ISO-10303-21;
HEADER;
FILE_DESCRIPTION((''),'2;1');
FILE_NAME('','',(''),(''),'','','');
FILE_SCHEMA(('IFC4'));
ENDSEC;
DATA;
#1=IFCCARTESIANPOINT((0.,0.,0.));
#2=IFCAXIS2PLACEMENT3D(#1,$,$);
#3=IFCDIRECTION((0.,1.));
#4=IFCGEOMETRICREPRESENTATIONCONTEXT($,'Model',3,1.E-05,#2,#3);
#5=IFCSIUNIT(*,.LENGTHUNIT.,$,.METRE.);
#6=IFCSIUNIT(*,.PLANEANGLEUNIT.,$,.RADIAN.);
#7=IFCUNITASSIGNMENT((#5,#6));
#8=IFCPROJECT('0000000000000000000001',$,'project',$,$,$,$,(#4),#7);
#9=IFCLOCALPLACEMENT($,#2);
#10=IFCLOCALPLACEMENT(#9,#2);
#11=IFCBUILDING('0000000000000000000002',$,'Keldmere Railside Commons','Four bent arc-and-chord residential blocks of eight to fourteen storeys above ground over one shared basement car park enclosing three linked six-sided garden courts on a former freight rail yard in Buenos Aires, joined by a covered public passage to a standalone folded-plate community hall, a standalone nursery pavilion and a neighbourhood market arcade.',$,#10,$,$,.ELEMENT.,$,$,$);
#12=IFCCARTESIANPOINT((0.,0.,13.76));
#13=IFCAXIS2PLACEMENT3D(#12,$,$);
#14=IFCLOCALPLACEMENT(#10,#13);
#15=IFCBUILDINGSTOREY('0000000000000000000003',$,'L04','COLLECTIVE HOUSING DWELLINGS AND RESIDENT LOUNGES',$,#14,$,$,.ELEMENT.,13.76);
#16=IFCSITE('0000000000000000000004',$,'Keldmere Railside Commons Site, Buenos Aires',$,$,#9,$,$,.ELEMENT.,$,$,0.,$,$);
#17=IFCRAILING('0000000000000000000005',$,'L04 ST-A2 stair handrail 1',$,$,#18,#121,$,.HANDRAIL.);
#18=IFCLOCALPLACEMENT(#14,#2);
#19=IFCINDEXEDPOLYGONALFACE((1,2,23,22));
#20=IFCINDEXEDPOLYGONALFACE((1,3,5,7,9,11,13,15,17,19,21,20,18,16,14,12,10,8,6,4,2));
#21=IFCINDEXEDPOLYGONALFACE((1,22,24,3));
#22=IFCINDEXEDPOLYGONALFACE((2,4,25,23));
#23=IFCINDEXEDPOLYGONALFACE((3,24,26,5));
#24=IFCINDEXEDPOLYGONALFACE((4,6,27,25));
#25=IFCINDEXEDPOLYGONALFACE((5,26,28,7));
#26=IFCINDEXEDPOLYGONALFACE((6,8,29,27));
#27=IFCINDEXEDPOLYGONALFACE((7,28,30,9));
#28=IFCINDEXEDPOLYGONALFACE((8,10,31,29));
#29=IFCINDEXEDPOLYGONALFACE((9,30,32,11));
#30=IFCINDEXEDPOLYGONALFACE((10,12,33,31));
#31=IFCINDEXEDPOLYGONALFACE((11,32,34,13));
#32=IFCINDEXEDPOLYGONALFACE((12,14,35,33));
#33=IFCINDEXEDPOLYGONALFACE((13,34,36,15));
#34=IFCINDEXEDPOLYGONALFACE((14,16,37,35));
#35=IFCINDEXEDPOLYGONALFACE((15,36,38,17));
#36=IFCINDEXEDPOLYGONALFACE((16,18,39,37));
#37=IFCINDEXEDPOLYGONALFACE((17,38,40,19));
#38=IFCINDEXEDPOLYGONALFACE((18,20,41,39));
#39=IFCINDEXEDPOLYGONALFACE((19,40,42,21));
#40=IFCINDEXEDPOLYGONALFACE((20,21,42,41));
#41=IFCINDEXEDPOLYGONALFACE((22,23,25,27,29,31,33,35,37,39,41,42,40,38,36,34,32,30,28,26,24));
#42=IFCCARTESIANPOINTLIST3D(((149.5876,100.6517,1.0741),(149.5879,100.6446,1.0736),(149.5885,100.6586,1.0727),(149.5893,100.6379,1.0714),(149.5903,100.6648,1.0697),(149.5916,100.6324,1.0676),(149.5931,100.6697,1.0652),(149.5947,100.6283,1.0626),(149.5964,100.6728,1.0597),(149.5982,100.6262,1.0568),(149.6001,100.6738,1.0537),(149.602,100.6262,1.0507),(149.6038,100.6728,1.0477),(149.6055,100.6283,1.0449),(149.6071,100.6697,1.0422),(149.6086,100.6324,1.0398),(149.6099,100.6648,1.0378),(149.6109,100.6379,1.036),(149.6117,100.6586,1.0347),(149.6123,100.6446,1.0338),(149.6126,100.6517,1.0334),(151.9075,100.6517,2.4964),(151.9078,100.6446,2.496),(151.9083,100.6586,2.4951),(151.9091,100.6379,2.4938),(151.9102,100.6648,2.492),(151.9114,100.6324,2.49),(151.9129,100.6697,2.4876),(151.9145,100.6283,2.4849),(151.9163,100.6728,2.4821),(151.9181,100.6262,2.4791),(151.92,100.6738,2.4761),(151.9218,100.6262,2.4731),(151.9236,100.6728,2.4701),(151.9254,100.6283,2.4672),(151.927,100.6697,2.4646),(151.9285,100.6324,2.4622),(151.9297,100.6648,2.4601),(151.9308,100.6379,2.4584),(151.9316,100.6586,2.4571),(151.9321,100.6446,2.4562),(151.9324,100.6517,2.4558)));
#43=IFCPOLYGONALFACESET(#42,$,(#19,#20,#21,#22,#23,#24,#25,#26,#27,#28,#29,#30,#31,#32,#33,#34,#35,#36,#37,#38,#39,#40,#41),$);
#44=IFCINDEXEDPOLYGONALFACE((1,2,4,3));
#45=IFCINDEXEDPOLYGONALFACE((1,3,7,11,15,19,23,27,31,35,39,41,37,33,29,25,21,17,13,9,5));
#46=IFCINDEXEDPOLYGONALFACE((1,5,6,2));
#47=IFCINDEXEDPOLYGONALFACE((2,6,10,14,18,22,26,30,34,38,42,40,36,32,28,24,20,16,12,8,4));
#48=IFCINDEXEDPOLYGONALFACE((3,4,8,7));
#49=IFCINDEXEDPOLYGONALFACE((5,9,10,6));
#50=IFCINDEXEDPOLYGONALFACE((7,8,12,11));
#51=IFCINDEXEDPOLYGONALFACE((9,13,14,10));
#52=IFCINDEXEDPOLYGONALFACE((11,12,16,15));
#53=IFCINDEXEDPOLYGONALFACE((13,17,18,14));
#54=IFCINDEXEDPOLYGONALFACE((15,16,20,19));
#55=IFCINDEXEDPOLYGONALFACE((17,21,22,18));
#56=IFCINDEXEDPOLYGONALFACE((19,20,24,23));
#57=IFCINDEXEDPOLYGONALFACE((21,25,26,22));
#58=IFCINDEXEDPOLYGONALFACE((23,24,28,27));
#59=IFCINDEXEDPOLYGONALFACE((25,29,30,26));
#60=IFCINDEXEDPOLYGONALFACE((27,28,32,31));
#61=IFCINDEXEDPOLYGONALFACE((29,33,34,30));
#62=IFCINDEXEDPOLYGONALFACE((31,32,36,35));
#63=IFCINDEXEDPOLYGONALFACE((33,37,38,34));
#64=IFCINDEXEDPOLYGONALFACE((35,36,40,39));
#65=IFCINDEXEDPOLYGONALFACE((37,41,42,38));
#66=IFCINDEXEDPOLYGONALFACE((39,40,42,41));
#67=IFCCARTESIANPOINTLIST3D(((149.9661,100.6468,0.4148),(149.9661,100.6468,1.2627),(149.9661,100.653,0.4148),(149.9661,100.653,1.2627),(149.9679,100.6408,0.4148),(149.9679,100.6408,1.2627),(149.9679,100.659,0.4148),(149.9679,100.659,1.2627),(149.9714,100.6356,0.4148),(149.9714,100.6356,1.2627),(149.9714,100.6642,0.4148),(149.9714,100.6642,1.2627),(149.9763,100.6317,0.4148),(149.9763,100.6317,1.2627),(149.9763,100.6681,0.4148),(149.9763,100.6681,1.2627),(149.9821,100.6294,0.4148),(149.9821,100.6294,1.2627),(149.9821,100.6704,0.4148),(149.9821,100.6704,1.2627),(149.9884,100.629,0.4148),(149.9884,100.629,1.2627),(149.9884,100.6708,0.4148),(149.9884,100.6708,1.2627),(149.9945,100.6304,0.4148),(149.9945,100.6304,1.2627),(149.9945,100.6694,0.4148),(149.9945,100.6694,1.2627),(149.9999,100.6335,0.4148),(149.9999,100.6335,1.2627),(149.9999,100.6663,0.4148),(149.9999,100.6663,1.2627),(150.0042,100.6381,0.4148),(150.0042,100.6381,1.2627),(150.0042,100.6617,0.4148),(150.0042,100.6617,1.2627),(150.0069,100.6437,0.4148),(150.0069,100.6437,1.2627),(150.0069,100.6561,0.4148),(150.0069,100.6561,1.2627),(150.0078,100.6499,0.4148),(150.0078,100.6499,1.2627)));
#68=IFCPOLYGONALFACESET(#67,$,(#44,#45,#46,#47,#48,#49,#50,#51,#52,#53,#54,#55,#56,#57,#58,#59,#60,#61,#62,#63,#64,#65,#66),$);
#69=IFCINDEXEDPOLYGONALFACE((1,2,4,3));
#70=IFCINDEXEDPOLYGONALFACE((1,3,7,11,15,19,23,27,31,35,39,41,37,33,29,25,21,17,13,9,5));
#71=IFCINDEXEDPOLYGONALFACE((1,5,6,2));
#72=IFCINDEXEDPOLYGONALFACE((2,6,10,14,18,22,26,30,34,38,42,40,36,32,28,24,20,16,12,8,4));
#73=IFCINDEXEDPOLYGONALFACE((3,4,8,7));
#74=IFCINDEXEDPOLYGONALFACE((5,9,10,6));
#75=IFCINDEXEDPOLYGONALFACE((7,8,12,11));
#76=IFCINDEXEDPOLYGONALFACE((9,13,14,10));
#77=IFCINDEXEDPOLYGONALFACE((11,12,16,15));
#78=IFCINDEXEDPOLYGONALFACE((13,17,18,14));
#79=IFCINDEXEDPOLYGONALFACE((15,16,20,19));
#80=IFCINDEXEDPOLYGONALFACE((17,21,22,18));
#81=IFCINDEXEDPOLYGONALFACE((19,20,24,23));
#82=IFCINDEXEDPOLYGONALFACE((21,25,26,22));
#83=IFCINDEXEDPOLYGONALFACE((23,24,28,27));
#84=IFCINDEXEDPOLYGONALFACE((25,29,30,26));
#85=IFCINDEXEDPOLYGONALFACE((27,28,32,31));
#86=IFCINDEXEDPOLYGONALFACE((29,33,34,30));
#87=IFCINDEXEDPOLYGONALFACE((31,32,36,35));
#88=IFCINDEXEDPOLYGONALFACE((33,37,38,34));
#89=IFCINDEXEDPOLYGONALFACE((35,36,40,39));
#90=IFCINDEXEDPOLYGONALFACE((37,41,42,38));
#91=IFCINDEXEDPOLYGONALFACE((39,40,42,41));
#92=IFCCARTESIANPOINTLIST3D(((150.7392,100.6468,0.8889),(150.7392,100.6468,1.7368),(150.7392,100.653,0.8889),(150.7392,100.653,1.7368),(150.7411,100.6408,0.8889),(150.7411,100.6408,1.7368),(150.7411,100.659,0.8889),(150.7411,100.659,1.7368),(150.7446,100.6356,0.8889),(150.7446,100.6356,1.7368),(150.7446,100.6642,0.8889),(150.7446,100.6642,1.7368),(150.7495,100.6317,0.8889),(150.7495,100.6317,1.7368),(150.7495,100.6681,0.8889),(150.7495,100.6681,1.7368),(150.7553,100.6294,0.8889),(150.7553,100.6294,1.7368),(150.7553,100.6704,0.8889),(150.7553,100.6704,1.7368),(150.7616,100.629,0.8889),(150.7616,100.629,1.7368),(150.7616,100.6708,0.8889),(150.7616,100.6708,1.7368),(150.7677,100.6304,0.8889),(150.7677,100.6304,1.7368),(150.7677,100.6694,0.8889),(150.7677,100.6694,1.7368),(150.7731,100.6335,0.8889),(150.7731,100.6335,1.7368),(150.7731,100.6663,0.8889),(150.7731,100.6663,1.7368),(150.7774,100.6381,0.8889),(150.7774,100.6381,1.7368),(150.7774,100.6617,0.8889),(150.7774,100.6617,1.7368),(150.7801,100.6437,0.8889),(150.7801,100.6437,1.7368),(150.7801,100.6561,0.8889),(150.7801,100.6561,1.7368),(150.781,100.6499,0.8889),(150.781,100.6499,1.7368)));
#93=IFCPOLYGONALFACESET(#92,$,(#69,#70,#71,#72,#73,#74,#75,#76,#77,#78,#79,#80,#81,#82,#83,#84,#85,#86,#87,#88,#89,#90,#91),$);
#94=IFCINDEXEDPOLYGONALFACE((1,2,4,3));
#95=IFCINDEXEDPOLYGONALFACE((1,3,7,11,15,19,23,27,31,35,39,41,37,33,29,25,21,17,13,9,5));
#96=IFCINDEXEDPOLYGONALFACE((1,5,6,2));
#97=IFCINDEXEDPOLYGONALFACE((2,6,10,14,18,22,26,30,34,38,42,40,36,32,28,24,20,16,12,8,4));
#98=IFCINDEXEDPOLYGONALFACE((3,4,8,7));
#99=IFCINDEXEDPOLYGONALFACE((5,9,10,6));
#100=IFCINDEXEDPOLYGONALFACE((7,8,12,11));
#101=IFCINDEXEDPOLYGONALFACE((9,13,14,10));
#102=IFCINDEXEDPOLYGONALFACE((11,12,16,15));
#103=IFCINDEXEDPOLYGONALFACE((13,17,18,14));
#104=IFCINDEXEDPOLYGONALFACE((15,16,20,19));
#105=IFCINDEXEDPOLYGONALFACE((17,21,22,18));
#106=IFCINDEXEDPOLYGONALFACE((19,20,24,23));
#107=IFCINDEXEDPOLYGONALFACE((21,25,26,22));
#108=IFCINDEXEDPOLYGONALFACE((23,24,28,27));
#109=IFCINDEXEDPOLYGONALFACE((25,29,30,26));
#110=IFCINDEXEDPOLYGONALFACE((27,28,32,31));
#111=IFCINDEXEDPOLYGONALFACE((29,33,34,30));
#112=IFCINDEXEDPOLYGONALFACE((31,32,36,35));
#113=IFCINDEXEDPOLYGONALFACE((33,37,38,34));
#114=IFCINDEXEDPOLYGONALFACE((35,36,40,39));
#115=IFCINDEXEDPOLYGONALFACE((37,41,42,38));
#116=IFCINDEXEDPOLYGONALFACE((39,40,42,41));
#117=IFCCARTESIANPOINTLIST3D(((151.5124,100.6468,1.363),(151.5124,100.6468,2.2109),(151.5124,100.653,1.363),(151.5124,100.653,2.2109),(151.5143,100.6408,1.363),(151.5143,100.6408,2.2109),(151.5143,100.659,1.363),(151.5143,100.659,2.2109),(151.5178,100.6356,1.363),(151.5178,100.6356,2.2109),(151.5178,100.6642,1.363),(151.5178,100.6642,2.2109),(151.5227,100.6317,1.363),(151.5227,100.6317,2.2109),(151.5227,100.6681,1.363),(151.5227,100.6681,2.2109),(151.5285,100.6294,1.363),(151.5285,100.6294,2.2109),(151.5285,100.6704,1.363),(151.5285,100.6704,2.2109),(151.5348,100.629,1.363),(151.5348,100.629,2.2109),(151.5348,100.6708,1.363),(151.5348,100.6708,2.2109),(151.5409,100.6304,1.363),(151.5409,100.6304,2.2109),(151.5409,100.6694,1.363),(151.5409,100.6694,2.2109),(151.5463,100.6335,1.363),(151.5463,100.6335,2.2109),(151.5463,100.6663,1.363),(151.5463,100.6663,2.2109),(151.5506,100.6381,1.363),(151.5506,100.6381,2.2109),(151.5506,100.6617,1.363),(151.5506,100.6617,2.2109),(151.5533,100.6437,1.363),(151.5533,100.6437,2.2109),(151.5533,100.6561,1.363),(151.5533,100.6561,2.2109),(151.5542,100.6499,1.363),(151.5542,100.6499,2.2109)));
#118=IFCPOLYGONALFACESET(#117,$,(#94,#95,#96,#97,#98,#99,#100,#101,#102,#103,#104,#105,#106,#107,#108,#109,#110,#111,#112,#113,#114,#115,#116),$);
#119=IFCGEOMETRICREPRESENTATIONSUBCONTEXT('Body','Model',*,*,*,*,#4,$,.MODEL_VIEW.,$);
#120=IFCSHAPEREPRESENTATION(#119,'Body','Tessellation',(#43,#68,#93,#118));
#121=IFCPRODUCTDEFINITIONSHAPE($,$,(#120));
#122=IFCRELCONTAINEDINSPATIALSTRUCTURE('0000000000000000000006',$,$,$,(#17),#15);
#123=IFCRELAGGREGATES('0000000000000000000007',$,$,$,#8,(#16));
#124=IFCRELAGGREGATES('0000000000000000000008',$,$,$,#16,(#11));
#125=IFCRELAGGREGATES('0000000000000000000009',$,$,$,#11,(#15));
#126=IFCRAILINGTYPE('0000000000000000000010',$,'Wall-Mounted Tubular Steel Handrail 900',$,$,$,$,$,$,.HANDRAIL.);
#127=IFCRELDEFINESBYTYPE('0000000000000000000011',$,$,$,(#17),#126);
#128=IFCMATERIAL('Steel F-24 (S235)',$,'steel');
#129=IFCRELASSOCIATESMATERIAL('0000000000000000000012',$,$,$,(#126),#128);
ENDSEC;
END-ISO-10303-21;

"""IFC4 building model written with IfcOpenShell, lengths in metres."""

from ifc_helpers import new_model, si_unit, direction, frame, origin, origin_2d, place, context, subcontext, project, spatial, circle, extrude, material, type_object, element, save


model = new_model("IFC4")

# Units and contexts
model_context = context("Model", 3, precision=1e-05, world=origin(), true_north=direction((0.0, 1.0)))
body_context = subcontext(model_context, "Body", "Model", "MODEL_VIEW")
ifc_project = project(units=[si_unit("LENGTHUNIT", "METRE"), si_unit("PLANEANGLEUNIT", "RADIAN")], contexts=[model_context])

# Site, building, storey
site_placement = place(None, origin())
site = spatial("IfcSite", under=ifc_project, at=site_placement, Name="Keldmere Railside Commons Site, Buenos Aires", CompositionType="ELEMENT", RefElevation=0.0)
building_placement = place(site_placement, origin())
building = spatial("IfcBuilding", under=site, at=building_placement, Name="Keldmere Railside Commons", Description="Four bent arc-and-chord residential blocks of eight to fourteen storeys above ground over one shared basement car park enclosing three linked six-sided garden courts on a former freight rail yard in Buenos Aires, joined by a covered public passage to a standalone folded-plate community hall, a standalone nursery pavilion and a neighbourhood market arcade.", CompositionType="ELEMENT")
storey_placement = place(building_placement, frame((0.0, 0.0, 13.76)))
storey = spatial("IfcBuildingStorey", under=building, at=storey_placement, Name="L04", Description="COLLECTIVE HOUSING DWELLINGS AND RESIDENT LOUNGES", CompositionType="ELEMENT", Elevation=13.76)

# Shared definitions
ifc_material_1 = material(Name="Steel F-24 (S235)", Category="steel")

# Railing
railing_type_1 = type_object("IfcRailingType", Name="Wall-Mounted Tubular Steel Handrail 900", PredefinedType="HANDRAIL", material=ifc_material_1)
railing_1_placement = place(storey_placement, frame((149.6001, 100.6499, 0.1777)))
element("IfcRailing", 1, at=railing_1_placement, inside=storey, type_object=railing_type_1, Name="L04 ST-A2 stair handrail 1", PredefinedType="HANDRAIL", context=body_context, shape_type="SweptSolid", body=[
    extrude(circle(Radius=0.0239, at=origin_2d()), frame((0.0, 0.0, 0.876), z_axis=(0.852514, 0.0, 0.522705), x_axis=(0.0, 1.0, 0.0)), (0.0, 0.0, 1.0), 2.7212),
    extrude(circle(Radius=0.021, at=origin_2d()), frame((0.3867, 0.0, 0.2371)), (0.0, 0.0, 1.0), 0.8479),
    extrude(circle(Radius=0.021, at=origin_2d()), frame((1.1599, 0.0, 0.7112)), (0.0, 0.0, 1.0), 0.8479),
    extrude(circle(Radius=0.021, at=origin_2d()), frame((1.9331, 0.0, 1.1853)), (0.0, 0.0, 1.0), 0.8479),
])

save(model, "model.ifc")
